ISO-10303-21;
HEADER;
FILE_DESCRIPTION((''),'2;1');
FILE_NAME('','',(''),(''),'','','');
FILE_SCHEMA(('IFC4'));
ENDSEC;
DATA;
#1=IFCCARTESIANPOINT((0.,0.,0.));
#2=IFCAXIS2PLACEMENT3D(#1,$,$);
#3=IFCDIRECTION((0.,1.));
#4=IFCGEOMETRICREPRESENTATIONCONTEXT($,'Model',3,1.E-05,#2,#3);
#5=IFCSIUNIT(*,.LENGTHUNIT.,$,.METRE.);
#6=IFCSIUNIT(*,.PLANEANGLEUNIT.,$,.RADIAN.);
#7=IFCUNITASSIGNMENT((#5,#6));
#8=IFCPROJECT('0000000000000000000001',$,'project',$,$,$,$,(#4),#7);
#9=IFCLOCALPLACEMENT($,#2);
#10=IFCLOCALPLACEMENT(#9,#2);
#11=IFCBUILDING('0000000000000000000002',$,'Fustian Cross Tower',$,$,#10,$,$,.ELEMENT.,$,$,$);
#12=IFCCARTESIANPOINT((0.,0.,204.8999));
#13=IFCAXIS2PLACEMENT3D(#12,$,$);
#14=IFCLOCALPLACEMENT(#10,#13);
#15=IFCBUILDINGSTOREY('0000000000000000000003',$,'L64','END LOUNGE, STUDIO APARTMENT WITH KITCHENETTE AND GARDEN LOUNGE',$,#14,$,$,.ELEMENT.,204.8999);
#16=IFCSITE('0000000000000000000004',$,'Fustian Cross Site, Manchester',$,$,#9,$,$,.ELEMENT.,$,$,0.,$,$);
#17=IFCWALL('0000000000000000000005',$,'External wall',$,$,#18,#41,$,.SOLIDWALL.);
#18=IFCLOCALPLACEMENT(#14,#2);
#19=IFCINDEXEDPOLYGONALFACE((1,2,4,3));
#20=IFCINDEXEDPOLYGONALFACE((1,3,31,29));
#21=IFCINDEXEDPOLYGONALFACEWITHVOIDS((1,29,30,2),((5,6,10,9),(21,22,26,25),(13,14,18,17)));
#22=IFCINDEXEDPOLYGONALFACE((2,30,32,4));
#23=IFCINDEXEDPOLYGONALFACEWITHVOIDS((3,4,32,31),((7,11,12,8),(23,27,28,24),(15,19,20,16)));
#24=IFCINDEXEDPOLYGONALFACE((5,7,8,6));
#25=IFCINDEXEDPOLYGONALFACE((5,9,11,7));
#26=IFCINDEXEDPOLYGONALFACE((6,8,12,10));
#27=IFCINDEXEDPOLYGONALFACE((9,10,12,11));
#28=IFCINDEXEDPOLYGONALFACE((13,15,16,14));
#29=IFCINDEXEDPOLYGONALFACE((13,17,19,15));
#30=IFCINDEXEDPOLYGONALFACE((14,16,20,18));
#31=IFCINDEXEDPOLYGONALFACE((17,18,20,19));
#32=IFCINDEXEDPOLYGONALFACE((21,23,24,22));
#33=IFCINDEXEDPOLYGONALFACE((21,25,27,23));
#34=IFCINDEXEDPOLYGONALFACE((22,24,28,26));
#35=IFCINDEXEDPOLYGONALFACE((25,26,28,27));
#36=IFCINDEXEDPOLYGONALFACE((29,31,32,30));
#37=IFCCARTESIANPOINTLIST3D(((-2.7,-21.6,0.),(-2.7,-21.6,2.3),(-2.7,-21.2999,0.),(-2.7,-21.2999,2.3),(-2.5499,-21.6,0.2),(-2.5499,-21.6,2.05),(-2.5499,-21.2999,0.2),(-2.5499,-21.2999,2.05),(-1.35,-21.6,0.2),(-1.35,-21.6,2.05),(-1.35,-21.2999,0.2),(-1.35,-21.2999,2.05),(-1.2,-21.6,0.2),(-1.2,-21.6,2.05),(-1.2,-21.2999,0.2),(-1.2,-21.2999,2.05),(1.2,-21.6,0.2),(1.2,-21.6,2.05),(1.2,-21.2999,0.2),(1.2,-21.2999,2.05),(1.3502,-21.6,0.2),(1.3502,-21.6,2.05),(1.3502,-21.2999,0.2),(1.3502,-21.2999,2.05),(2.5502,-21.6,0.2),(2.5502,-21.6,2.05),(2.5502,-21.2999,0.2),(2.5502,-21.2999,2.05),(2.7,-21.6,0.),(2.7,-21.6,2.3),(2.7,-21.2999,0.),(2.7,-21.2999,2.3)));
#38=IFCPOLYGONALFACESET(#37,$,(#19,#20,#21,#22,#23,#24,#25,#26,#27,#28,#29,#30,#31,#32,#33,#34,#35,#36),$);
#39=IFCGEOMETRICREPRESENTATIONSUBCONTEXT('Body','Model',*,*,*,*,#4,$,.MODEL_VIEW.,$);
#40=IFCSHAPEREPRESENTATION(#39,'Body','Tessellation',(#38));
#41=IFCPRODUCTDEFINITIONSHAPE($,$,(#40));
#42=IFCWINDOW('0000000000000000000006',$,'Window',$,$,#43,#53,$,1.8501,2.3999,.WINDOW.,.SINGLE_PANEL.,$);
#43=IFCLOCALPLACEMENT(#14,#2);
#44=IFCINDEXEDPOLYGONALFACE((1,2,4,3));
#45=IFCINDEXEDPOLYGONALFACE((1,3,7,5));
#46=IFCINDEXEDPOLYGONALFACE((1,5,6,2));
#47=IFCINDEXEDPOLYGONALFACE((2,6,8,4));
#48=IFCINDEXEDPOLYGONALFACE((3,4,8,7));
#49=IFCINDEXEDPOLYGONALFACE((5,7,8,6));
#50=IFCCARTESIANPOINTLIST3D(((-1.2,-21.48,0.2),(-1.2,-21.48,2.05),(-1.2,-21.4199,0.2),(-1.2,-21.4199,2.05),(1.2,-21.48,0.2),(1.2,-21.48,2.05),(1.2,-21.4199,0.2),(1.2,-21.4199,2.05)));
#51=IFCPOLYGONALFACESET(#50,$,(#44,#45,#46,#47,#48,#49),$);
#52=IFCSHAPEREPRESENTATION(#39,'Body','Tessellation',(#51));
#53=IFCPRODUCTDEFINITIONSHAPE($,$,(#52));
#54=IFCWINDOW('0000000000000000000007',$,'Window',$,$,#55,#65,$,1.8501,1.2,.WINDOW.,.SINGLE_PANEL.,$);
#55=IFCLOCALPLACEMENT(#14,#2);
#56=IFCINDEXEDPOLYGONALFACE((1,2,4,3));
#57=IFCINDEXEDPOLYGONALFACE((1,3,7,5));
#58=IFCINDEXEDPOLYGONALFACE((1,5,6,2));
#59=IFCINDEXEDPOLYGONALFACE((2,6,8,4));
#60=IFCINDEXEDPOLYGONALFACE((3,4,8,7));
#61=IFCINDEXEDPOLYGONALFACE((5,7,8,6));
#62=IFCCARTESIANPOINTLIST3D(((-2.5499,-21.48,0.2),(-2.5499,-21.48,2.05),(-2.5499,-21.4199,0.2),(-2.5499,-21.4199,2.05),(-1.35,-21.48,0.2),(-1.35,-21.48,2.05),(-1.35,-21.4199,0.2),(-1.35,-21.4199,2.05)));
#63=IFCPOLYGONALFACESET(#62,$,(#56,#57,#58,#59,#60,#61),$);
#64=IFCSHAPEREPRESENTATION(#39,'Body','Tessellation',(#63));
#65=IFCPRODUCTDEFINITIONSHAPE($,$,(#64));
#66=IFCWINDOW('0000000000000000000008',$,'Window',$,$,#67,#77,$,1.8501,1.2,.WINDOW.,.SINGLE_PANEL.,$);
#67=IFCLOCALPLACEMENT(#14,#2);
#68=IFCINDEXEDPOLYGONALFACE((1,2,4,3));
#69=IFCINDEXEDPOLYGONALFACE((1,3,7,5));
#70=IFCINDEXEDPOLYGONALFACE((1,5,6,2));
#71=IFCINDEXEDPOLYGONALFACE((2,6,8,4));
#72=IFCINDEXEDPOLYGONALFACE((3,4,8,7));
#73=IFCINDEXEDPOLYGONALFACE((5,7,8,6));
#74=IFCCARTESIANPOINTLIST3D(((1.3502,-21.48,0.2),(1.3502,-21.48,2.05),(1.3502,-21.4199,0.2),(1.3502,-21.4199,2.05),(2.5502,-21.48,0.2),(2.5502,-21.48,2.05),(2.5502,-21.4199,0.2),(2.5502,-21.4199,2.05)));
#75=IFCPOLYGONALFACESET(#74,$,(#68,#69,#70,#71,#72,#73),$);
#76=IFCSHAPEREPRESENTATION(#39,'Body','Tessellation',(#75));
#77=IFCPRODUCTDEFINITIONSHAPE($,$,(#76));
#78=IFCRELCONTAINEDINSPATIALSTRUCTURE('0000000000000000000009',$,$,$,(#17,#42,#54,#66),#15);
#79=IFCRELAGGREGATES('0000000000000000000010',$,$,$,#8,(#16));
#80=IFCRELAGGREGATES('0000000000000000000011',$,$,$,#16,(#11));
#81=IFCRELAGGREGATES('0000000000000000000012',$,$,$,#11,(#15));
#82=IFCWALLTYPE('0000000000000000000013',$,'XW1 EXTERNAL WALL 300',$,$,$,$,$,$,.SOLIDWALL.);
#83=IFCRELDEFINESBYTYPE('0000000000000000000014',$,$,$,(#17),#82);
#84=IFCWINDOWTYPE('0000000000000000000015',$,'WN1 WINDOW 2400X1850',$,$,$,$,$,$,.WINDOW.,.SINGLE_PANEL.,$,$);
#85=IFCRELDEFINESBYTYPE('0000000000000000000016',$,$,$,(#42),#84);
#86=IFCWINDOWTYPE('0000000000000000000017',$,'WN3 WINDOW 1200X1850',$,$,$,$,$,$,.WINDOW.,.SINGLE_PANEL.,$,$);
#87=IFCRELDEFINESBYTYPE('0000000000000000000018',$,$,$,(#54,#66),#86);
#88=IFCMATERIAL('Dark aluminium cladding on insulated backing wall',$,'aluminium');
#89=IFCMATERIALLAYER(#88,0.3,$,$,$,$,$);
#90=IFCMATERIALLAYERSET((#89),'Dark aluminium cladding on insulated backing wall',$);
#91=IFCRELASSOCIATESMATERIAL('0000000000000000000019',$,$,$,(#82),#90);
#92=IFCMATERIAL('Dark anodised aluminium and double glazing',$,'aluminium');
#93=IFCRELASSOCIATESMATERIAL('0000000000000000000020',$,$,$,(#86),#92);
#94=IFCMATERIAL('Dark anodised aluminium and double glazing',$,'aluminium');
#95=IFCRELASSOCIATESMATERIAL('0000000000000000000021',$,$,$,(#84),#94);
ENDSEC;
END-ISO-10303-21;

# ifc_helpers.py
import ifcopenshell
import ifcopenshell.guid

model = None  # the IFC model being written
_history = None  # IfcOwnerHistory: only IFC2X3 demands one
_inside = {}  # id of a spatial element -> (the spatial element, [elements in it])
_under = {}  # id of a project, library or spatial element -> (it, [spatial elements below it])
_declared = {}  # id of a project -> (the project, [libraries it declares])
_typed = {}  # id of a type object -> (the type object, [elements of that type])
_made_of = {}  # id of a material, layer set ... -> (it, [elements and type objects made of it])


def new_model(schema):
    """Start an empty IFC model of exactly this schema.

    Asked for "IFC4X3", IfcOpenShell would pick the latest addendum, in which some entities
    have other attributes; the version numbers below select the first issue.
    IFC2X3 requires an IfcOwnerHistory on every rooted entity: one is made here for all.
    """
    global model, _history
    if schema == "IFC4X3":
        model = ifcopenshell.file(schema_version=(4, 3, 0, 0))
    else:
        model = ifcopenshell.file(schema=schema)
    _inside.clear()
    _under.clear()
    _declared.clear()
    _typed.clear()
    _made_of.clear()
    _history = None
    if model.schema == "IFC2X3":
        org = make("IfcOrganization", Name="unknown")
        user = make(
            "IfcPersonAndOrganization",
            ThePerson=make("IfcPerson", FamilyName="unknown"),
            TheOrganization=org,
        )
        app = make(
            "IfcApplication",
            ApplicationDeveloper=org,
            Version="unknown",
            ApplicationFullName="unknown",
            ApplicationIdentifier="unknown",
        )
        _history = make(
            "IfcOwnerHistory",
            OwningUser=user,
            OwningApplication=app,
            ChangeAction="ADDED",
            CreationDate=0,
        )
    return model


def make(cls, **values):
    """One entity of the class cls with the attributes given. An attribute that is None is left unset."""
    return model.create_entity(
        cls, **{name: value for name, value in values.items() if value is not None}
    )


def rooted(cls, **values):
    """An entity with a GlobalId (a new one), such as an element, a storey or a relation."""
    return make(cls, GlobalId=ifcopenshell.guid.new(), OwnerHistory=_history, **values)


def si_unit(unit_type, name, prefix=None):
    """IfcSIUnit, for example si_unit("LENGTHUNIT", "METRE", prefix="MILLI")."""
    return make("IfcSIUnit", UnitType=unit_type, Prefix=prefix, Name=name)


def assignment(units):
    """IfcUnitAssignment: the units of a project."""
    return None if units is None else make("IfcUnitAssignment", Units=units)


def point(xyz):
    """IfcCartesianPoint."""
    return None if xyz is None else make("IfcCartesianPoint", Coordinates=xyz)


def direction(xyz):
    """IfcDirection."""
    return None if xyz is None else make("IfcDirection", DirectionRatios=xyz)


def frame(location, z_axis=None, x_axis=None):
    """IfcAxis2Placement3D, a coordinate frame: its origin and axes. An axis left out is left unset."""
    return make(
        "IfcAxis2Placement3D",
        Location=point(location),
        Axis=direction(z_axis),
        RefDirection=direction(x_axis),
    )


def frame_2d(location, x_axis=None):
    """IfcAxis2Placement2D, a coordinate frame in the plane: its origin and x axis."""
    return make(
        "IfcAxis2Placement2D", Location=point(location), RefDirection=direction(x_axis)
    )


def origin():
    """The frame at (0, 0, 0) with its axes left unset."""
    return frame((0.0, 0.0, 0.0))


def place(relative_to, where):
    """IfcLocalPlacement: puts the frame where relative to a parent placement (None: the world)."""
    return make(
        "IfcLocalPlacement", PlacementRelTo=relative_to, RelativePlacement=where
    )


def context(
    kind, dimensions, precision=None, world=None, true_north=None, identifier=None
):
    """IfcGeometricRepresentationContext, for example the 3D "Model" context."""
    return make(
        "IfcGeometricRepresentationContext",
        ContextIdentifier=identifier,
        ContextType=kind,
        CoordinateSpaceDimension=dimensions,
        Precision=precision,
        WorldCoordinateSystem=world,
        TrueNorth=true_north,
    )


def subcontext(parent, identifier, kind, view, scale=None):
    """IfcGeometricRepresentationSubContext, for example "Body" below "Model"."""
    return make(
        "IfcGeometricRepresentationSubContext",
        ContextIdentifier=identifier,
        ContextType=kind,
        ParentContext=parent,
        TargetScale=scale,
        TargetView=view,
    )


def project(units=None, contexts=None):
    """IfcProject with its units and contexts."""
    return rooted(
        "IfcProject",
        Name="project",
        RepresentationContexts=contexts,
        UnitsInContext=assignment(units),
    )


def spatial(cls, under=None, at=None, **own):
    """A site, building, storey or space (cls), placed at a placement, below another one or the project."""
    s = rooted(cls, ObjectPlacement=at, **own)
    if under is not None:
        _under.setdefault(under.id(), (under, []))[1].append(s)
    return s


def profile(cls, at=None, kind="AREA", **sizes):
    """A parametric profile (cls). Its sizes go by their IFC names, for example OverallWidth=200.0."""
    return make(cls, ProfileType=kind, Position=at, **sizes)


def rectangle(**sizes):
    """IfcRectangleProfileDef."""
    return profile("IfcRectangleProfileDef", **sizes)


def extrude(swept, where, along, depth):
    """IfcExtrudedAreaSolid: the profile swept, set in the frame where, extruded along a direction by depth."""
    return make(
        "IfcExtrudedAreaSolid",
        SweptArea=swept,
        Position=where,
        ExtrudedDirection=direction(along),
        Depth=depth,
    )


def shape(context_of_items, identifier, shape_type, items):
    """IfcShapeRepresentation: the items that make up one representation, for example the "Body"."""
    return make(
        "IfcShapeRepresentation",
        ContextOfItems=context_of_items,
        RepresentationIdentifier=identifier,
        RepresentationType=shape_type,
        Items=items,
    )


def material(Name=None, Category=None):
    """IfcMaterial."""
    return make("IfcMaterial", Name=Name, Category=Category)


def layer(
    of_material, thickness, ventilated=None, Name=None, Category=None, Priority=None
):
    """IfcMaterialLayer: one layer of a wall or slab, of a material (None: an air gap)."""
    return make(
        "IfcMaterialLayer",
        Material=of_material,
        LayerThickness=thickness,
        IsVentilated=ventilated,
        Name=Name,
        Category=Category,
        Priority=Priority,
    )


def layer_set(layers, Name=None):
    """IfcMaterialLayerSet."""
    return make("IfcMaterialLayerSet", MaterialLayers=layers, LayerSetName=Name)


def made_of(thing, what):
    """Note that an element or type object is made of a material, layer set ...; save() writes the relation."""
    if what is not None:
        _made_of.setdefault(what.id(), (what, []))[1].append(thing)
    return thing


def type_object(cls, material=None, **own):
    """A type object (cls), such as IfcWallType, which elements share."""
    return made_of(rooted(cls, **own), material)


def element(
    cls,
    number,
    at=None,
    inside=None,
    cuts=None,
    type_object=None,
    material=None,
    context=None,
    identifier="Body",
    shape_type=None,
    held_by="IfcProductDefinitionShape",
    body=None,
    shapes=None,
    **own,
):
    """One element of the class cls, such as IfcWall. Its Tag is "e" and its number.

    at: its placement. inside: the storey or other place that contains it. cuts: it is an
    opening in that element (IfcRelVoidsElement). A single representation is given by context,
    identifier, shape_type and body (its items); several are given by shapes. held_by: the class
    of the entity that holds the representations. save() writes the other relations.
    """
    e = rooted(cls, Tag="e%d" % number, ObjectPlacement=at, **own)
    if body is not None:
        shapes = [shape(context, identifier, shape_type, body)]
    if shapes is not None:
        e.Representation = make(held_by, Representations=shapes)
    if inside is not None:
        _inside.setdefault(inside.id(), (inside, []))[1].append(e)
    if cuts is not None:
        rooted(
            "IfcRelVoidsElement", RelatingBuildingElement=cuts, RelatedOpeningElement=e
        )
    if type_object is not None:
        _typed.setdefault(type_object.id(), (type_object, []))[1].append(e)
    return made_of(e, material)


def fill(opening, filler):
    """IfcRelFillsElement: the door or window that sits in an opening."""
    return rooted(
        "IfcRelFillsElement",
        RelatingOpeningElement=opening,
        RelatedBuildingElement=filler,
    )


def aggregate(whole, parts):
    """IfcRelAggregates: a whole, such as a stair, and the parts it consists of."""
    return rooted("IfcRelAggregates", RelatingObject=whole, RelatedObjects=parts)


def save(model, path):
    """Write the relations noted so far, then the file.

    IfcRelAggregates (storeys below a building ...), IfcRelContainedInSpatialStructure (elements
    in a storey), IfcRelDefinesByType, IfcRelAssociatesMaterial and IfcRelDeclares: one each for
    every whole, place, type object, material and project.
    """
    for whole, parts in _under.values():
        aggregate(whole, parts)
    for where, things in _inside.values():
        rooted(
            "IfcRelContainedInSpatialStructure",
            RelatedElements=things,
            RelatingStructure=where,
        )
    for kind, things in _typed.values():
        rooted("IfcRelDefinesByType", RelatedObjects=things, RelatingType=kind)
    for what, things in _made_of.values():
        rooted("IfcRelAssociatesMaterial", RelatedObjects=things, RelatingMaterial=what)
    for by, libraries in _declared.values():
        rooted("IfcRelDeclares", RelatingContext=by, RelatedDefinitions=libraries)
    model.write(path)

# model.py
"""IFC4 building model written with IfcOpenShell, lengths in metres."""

from ifc_helpers import new_model, si_unit, direction, frame, frame_2d, origin, place, context, subcontext, project, spatial, rectangle, extrude, material, layer, layer_set, type_object, element, fill, save


model = new_model("IFC4")

# Units and contexts
model_context = context("Model", 3, precision=1e-05, world=origin(), true_north=direction((0.0, 1.0)))
body_context = subcontext(model_context, "Body", "Model", "MODEL_VIEW")
ifc_project = project(units=[si_unit("LENGTHUNIT", "METRE"), si_unit("PLANEANGLEUNIT", "RADIAN")], contexts=[model_context])

# Site, building, storey
site_placement = place(None, origin())
site = spatial("IfcSite", under=ifc_project, at=site_placement, Name="Fustian Cross Site, Manchester", CompositionType="ELEMENT", RefElevation=0.0)
building_placement = place(site_placement, origin())
building = spatial("IfcBuilding", under=site, at=building_placement, Name="Fustian Cross Tower", CompositionType="ELEMENT")
storey_placement = place(building_placement, frame((0.0, 0.0, 204.8999)))
storey = spatial("IfcBuildingStorey", under=building, at=storey_placement, Name="L64", Description="END LOUNGE, STUDIO APARTMENT WITH KITCHENETTE AND GARDEN LOUNGE", CompositionType="ELEMENT", Elevation=204.8999)

# Shared definitions
ifc_material_1 = material(Name="Dark aluminium cladding on insulated backing wall", Category="aluminium")
ifc_layer_1 = layer(ifc_material_1, 0.3)
ifc_layer_set_1 = layer_set([ifc_layer_1], Name="Dark aluminium cladding on insulated backing wall")
wall_type_1 = type_object("IfcWallType", Name="XW1 EXTERNAL WALL 300", PredefinedType="SOLIDWALL", material=ifc_layer_set_1)
ifc_material_2 = material(Name="Dark anodised aluminium and double glazing", Category="aluminium")
window_type_1 = type_object("IfcWindowType", Name="WN3 WINDOW 1200X1850", PartitioningType="SINGLE_PANEL", PredefinedType="WINDOW", material=ifc_material_2)

# Wall, openings, windows
wall_1_placement = place(storey_placement, frame((-2.7, -21.45, 0.0), z_axis=(0.0, 0.0, 1.0), x_axis=(1.0, 0.0, 0.0)))
wall_1 = element("IfcWall", 1, at=wall_1_placement, inside=storey, type_object=wall_type_1, Name="External wall", PredefinedType="SOLIDWALL", context=body_context, shape_type="SweptSolid", body=[
    extrude(rectangle(XDim=5.3999, YDim=0.3, at=frame_2d((2.7, 0.0))), origin(), (0.0, 0.0, 1.0), 2.3),
])
opening_1_placement = place(wall_1_placement, frame((1.5, 0.0, 0.2)))
opening_1 = element("IfcOpeningElement", 2, at=opening_1_placement, cuts=wall_1, PredefinedType="OPENING", context=body_context, shape_type="SweptSolid", body=[
    extrude(rectangle(XDim=2.3999, YDim=1.8501, at=frame_2d((1.2, 0.925))), frame((0.0, 0.1599, 0.0), z_axis=(0.0, -1.0, 0.0), x_axis=(1.0, 0.0, 0.0)), (0.0, 0.0, 1.0), 0.3201),
])
opening_2_placement = place(wall_1_placement, frame((0.1499, 0.0, 0.2)))
opening_2 = element("IfcOpeningElement", 3, at=opening_2_placement, cuts=wall_1, PredefinedType="OPENING", context=body_context, shape_type="SweptSolid", body=[
    extrude(rectangle(XDim=1.2, YDim=1.8501, at=frame_2d((0.6001, 0.925))), frame((0.0, 0.1599, 0.0), z_axis=(0.0, -1.0, 0.0), x_axis=(1.0, 0.0, 0.0)), (0.0, 0.0, 1.0), 0.3201),
])
opening_3_placement = place(wall_1_placement, frame((4.05, 0.0, 0.2)))
opening_3 = element("IfcOpeningElement", 4, at=opening_3_placement, cuts=wall_1, PredefinedType="OPENING", context=body_context, shape_type="SweptSolid", body=[
    extrude(rectangle(XDim=1.2, YDim=1.8501, at=frame_2d((0.6001, 0.925))), frame((0.0, 0.1599, 0.0), z_axis=(0.0, -1.0, 0.0), x_axis=(1.0, 0.0, 0.0)), (0.0, 0.0, 1.0), 0.3201),
])
ifc_material_3 = material(Name="Dark anodised aluminium and double glazing", Category="aluminium")
window_type_2 = type_object("IfcWindowType", Name="WN1 WINDOW 2400X1850", PartitioningType="SINGLE_PANEL", PredefinedType="WINDOW", material=ifc_material_3)
window_1_placement = place(opening_1_placement, origin())
window_1 = element("IfcWindow", 5, at=window_1_placement, inside=storey, type_object=window_type_2, Name="Window", OverallHeight=1.8501, OverallWidth=2.3999, PartitioningType="SINGLE_PANEL", PredefinedType="WINDOW", context=body_context, shape_type="SweptSolid", body=[
    extrude(rectangle(XDim=2.3999, YDim=1.8501, at=frame_2d((1.2, 0.925))), frame((0.0, 0.03, 0.0), z_axis=(0.0, -1.0, 0.0), x_axis=(1.0, 0.0, 0.0)), (0.0, 0.0, 1.0), 0.0601),
])
fill(opening_1, window_1)
window_2_placement = place(opening_2_placement, origin())
window_2 = element("IfcWindow", 6, at=window_2_placement, inside=storey, type_object=window_type_1, Name="Window", OverallHeight=1.8501, OverallWidth=1.2, PartitioningType="SINGLE_PANEL", PredefinedType="WINDOW", context=body_context, shape_type="SweptSolid", body=[
    extrude(rectangle(XDim=1.2, YDim=1.8501, at=frame_2d((0.6001, 0.925))), frame((0.0, 0.03, 0.0), z_axis=(0.0, -1.0, 0.0), x_axis=(1.0, 0.0, 0.0)), (0.0, 0.0, 1.0), 0.0601),
])
fill(opening_2, window_2)
window_3_placement = place(opening_3_placement, origin())
window_3 = element("IfcWindow", 7, at=window_3_placement, inside=storey, type_object=window_type_1, Name="Window", OverallHeight=1.8501, OverallWidth=1.2, PartitioningType="SINGLE_PANEL", PredefinedType="WINDOW", context=body_context, shape_type="SweptSolid", body=[
    extrude(rectangle(XDim=1.2, YDim=1.8501, at=frame_2d((0.6001, 0.925))), frame((0.0, 0.03, 0.0), z_axis=(0.0, -1.0, 0.0), x_axis=(1.0, 0.0, 0.0)), (0.0, 0.0, 1.0), 0.0601),
])
fill(opening_3, window_3)

save(model, "model.ifc")
